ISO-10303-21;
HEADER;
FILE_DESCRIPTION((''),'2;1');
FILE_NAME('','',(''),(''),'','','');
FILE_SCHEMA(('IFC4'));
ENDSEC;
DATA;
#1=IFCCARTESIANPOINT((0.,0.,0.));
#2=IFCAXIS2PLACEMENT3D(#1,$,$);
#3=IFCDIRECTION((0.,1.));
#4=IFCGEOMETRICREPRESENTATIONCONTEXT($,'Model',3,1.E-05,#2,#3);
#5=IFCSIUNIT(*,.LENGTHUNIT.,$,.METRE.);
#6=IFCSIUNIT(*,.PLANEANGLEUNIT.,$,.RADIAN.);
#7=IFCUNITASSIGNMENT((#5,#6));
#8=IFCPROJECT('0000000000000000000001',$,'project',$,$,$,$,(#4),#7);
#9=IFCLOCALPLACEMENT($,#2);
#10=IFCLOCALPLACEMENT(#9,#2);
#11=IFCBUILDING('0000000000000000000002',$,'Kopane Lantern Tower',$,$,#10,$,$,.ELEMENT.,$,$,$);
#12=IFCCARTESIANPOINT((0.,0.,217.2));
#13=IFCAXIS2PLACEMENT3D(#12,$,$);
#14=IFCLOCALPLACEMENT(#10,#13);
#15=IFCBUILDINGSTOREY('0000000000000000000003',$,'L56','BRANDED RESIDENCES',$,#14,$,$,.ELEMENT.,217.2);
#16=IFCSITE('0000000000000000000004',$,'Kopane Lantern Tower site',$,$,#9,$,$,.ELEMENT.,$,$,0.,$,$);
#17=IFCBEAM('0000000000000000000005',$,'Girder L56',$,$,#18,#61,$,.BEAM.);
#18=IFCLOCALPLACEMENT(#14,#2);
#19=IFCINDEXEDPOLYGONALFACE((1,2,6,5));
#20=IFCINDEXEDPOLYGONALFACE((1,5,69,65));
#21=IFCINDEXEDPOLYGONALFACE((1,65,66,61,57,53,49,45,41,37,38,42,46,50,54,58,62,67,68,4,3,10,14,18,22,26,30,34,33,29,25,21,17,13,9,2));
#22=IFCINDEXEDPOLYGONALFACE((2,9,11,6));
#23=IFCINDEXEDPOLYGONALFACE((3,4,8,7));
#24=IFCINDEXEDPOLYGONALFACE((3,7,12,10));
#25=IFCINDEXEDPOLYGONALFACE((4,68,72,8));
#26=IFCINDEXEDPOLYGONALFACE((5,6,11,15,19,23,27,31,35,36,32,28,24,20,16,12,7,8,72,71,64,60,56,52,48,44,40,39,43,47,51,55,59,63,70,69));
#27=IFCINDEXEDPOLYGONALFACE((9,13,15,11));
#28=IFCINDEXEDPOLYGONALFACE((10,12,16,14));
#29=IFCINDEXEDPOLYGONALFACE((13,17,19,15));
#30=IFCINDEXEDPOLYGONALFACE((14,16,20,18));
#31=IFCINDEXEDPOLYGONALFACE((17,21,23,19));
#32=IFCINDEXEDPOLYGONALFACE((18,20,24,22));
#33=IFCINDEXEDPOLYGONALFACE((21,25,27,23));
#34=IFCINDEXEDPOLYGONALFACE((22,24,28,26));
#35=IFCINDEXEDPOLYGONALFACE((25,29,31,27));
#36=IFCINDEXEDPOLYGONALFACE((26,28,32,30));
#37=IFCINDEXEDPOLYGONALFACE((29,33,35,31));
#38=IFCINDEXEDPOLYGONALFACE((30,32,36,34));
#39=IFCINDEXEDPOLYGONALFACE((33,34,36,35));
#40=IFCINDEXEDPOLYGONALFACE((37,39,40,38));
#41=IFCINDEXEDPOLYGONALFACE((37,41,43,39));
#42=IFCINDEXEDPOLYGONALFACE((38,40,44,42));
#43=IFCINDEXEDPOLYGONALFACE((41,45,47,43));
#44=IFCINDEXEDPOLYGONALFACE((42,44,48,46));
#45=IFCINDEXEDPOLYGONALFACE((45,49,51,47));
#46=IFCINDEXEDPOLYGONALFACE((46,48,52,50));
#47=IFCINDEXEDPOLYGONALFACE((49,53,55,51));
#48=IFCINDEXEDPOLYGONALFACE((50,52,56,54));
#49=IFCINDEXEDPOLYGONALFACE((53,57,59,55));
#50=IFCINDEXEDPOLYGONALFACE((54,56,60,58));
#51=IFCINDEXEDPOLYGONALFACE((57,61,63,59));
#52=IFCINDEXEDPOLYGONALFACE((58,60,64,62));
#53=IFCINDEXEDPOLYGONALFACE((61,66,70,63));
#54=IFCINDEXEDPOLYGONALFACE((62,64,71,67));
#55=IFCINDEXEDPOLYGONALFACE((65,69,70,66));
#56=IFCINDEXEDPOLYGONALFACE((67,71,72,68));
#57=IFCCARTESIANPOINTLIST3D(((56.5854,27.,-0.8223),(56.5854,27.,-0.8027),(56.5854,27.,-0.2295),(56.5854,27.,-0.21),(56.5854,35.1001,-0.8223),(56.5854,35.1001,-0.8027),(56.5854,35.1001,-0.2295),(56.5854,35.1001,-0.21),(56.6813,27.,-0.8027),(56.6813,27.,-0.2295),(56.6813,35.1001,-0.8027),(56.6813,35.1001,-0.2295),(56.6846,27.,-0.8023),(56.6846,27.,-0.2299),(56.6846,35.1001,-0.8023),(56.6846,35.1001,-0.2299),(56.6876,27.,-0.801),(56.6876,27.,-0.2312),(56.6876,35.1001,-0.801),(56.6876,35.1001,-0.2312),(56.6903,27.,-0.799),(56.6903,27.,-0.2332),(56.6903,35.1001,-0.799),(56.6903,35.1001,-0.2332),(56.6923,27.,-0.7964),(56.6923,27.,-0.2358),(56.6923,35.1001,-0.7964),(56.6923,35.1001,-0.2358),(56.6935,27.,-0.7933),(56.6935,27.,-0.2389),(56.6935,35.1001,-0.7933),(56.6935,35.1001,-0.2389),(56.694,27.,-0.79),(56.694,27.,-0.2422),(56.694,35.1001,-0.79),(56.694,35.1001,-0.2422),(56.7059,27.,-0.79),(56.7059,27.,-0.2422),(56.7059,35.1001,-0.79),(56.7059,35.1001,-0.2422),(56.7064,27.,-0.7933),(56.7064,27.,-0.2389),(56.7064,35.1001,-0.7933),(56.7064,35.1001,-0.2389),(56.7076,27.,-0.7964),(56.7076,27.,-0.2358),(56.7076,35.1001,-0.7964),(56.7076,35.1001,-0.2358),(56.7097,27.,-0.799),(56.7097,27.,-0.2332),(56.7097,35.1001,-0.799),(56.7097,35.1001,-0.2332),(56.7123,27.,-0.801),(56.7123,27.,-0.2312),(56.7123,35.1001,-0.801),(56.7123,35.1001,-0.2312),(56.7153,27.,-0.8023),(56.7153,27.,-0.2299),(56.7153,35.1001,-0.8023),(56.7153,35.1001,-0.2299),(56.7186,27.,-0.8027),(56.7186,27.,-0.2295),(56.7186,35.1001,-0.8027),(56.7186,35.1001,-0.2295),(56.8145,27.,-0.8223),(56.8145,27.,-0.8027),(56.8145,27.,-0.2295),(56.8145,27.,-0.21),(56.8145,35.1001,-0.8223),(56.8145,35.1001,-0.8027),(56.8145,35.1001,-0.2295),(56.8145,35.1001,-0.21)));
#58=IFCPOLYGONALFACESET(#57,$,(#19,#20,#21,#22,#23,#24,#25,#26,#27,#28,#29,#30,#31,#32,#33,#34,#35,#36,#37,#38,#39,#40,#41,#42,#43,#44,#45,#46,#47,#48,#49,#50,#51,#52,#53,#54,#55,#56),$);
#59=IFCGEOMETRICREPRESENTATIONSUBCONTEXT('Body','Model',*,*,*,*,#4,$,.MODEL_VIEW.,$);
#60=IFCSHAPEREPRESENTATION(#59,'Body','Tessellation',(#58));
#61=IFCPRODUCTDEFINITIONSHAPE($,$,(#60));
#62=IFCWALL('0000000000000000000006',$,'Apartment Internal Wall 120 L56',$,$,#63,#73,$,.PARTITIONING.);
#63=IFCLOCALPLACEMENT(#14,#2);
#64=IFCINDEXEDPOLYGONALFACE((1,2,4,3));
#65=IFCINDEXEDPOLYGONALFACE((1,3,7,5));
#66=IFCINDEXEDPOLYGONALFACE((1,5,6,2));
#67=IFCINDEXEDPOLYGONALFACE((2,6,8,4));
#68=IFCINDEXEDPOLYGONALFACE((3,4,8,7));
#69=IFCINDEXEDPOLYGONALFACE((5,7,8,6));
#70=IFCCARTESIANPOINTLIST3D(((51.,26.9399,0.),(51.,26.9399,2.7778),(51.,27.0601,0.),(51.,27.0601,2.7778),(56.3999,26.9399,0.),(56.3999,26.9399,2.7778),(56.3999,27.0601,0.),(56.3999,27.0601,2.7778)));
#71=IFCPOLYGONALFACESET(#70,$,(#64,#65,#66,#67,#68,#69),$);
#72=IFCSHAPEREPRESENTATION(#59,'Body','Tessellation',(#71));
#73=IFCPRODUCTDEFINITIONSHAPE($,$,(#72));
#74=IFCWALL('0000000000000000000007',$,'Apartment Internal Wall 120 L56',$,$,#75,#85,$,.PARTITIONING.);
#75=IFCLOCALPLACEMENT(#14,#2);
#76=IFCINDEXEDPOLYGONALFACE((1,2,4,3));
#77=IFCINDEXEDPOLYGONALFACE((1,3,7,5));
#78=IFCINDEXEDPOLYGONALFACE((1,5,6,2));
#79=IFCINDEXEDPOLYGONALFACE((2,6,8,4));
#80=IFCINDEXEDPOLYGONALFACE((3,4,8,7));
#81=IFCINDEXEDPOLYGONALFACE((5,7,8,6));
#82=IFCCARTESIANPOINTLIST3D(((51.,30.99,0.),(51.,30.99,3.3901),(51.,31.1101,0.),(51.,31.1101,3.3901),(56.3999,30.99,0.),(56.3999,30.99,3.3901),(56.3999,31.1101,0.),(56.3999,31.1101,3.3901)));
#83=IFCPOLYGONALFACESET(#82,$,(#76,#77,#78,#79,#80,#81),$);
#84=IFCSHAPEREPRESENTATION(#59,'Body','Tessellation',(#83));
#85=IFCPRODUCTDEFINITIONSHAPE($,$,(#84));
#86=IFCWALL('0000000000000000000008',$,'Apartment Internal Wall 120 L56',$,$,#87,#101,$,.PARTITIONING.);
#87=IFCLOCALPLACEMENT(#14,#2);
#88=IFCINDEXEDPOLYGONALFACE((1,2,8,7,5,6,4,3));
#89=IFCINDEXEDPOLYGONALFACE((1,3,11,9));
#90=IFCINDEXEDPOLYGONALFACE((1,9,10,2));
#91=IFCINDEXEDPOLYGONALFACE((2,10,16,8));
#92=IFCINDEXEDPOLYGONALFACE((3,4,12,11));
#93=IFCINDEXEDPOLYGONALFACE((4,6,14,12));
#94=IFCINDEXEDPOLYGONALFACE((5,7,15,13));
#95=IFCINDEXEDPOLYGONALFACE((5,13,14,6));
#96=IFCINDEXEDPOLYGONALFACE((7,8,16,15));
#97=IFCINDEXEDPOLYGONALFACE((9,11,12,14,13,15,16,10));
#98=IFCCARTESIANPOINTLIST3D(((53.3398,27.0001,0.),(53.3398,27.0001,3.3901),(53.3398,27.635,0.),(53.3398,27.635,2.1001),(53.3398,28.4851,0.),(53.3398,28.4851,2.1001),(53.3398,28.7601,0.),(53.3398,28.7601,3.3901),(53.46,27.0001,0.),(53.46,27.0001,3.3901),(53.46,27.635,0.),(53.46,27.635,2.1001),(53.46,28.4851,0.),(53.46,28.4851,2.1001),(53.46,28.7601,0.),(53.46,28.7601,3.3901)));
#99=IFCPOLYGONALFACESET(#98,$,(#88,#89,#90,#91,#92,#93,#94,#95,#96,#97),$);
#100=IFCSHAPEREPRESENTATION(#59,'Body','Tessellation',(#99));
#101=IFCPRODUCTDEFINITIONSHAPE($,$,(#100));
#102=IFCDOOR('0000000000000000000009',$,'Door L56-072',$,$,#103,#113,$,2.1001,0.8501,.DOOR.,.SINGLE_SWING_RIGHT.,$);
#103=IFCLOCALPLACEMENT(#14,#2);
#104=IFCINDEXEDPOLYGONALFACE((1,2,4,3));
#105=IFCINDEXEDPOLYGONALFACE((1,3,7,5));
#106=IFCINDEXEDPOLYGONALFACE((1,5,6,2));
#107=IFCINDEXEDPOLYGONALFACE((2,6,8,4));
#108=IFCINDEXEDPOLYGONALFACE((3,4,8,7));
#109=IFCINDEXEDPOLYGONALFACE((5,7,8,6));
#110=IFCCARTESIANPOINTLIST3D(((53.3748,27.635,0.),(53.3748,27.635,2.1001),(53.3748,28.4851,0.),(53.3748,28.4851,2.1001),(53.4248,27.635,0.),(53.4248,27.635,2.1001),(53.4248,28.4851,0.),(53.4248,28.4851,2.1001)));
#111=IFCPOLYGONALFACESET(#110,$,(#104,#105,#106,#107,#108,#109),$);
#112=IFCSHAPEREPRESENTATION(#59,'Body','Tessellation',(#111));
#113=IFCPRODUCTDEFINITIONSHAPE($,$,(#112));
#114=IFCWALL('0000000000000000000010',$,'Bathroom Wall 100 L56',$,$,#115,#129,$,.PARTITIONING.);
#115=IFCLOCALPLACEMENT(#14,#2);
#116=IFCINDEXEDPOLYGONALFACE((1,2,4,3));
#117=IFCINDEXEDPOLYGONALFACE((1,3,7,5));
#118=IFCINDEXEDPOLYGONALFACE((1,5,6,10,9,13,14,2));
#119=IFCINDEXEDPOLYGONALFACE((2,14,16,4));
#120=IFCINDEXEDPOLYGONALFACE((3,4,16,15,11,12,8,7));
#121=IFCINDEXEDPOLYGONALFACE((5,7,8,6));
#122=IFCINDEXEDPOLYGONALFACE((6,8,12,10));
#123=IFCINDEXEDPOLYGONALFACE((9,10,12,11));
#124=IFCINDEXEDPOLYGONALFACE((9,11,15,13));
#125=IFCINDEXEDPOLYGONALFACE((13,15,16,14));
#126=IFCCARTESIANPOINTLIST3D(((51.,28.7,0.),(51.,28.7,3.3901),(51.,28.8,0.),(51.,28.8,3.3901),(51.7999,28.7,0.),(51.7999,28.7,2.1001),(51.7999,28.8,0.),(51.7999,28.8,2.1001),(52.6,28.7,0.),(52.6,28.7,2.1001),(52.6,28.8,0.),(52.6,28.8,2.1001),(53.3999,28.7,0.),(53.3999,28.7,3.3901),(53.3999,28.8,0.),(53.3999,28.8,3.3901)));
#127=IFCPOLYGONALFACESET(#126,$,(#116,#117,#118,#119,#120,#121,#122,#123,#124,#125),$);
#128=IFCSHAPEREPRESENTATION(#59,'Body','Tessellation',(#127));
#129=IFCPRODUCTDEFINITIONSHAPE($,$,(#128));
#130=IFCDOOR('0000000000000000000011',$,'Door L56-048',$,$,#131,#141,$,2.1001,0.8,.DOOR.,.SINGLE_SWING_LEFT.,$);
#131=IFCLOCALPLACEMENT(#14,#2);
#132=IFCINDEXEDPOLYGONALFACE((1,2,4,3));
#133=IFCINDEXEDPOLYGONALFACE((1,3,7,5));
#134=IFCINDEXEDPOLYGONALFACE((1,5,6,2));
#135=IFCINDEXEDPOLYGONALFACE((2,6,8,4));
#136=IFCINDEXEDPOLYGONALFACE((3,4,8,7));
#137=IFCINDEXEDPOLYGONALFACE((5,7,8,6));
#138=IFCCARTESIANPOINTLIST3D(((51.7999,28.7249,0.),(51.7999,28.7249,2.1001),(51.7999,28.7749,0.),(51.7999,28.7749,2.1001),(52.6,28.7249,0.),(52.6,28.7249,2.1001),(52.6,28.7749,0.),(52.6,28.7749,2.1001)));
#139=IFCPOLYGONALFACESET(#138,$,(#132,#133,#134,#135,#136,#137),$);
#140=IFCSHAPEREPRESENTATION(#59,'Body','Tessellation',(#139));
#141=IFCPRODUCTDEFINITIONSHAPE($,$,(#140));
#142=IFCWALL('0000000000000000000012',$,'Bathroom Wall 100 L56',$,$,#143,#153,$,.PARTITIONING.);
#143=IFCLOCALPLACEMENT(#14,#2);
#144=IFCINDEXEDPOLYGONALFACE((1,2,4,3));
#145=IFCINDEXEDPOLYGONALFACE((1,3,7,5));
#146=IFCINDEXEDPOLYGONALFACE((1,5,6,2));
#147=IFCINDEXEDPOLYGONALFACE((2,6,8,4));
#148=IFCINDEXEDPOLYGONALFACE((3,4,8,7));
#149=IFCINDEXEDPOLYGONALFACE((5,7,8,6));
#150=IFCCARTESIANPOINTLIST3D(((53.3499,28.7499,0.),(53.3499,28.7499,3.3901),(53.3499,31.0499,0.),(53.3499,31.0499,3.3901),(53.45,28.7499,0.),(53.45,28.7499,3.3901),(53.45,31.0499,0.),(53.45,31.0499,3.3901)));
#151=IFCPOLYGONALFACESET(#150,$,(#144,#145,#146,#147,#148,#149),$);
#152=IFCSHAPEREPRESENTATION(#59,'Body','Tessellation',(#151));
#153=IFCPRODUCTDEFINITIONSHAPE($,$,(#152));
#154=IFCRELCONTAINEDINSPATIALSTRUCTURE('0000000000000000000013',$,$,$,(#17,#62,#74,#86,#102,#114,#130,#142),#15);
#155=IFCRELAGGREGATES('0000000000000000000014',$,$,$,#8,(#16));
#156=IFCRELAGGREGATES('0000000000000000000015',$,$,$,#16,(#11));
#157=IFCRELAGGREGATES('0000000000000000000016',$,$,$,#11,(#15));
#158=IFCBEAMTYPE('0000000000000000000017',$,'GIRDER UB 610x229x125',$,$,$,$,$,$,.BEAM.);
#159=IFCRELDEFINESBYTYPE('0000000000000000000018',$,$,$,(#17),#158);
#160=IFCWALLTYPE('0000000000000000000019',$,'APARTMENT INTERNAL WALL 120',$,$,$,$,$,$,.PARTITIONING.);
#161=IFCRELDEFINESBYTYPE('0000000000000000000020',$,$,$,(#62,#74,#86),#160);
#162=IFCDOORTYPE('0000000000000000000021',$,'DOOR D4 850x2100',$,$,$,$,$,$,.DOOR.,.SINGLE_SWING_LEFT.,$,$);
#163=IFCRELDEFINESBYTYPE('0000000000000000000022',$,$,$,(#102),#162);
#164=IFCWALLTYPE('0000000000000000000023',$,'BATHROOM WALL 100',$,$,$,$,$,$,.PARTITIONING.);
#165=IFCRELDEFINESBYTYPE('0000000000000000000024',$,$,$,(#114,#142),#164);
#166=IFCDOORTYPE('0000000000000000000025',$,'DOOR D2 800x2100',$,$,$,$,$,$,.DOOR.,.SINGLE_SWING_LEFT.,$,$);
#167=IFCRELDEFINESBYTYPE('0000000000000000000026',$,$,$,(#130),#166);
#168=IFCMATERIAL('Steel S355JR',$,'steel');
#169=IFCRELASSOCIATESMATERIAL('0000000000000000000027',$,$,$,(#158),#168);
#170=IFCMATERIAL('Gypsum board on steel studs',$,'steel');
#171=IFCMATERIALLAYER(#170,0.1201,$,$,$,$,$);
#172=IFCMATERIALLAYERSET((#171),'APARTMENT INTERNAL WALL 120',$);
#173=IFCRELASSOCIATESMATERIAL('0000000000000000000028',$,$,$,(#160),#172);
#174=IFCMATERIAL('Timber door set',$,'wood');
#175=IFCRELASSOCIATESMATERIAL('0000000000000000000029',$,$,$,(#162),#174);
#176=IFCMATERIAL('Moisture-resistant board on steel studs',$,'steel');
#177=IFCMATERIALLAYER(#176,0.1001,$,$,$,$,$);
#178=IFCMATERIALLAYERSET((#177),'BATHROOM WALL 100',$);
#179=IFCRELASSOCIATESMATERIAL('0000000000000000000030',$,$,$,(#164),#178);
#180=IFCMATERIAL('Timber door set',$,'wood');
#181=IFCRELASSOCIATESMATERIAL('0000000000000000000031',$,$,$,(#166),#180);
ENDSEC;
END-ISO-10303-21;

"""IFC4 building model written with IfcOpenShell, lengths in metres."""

from ifc_helpers import new_model, si_unit, direction, frame, frame_2d, origin, origin_2d, place, context, subcontext, project, spatial, rectangle, i_section, extrude, material, layer, layer_set, material_profile, profile_set, type_object, element, fill, save


model = new_model("IFC4")

# Units and contexts
model_context = context("Model", 3, precision=1e-05, world=origin(), true_north=direction((0.0, 1.0)))
body_context = subcontext(model_context, "Body", "Model", "MODEL_VIEW")
ifc_project = project(units=[si_unit("LENGTHUNIT", "METRE"), si_unit("PLANEANGLEUNIT", "RADIAN")], contexts=[model_context])

# Site, building, storey
site_placement = place(None, origin())
site = spatial("IfcSite", under=ifc_project, at=site_placement, Name="Kopane Lantern Tower site", CompositionType="ELEMENT", RefElevation=0.0)
building_placement = place(site_placement, origin())
building = spatial("IfcBuilding", under=site, at=building_placement, Name="Kopane Lantern Tower", CompositionType="ELEMENT")
storey_placement = place(building_placement, frame((0.0, 0.0, 217.2)))
storey = spatial("IfcBuildingStorey", under=building, at=storey_placement, Name="L56", Description="BRANDED RESIDENCES", CompositionType="ELEMENT", Elevation=217.2)

# Beam
ifc_material_1 = material(Name="Steel S355JR", Category="steel")
ifc_material_profile_1 = material_profile(ifc_material_1, i_section(OverallWidth=0.229, OverallDepth=0.6123, WebThickness=0.012, FlangeThickness=0.0195, FilletRadius=0.0127, at=origin_2d()), Name="UB 610x229x125")
ifc_profile_set_1 = profile_set([ifc_material_profile_1], Name="Steel S355JR")
beam_type = type_object("IfcBeamType", Name="GIRDER UB 610x229x125", PredefinedType="BEAM", material=ifc_profile_set_1)
beam_1_placement = place(storey_placement, frame((56.7, 27.0, -0.5161), z_axis=(0.0, 1.0, 0.0), x_axis=(-1.0, 0.0, 0.0)))
element("IfcBeam", 1, at=beam_1_placement, inside=storey, type_object=beam_type, Name="Girder L56", PredefinedType="BEAM", context=body_context, shape_type="SweptSolid", body=[
    extrude(i_section(OverallWidth=0.229, OverallDepth=0.6123, WebThickness=0.012, FlangeThickness=0.0195, FilletRadius=0.0127, at=origin_2d()), origin(), (0.0, 0.0, 1.0), 8.1001),
])

# Walls
ifc_material_2 = material(Name="Gypsum board on steel studs", Category="steel")
ifc_layer_1 = layer(ifc_material_2, 0.1201)
ifc_layer_set_1 = layer_set([ifc_layer_1], Name="APARTMENT INTERNAL WALL 120")
wall_type_1 = type_object("IfcWallType", Name="APARTMENT INTERNAL WALL 120", PredefinedType="PARTITIONING", material=ifc_layer_set_1)
wall_1_placement = place(storey_placement, frame((51.0, 27.0, 0.0), z_axis=(0.0, 0.0, 1.0), x_axis=(1.0, 0.0, 0.0)))
element("IfcWall", 2, at=wall_1_placement, inside=storey, type_object=wall_type_1, Name="Apartment Internal Wall 120 L56", PredefinedType="PARTITIONING", context=body_context, shape_type="SweptSolid", body=[
    extrude(rectangle(XDim=5.3999, YDim=0.1201, at=frame_2d((2.7, 0.0))), origin(), (0.0, 0.0, 1.0), 2.7778),
])
wall_2_placement = place(storey_placement, frame((51.0, 31.05, 0.0), z_axis=(0.0, 0.0, 1.0), x_axis=(1.0, 0.0, 0.0)))
element("IfcWall", 3, at=wall_2_placement, inside=storey, type_object=wall_type_1, Name="Apartment Internal Wall 120 L56", PredefinedType="PARTITIONING", context=body_context, shape_type="SweptSolid", body=[
    extrude(rectangle(XDim=5.3999, YDim=0.1201, at=frame_2d((2.7, 0.0))), origin(), (0.0, 0.0, 1.0), 3.3901),
])

# Walls, openings, doors
wall_3_placement = place(storey_placement, frame((53.3999, 28.76, 0.0), z_axis=(0.0, 0.0, 1.0), x_axis=(0.0, -1.0, 0.0)))
wall_3 = element("IfcWall", 4, at=wall_3_placement, inside=storey, type_object=wall_type_1, Name="Apartment Internal Wall 120 L56", PredefinedType="PARTITIONING", context=body_context, shape_type="SweptSolid", body=[
    extrude(rectangle(XDim=1.76, YDim=0.1201, at=frame_2d((0.8799, 0.0))), origin(), (0.0, 0.0, 1.0), 3.3901),
])
opening_1_placement = place(wall_3_placement, frame((0.2749, 0.0, 0.0)))
opening_1 = element("IfcOpeningElement", 5, at=opening_1_placement, cuts=wall_3, PredefinedType="OPENING", context=body_context, shape_type="SweptSolid", body=[
    extrude(rectangle(XDim=0.8501, YDim=2.1001, at=frame_2d((0.425, 1.05))), frame((0.0, 0.0701, 0.0), z_axis=(0.0, -1.0, 0.0), x_axis=(1.0, 0.0, 0.0)), (0.0, 0.0, 1.0), 0.1401),
])
ifc_material_3 = material(Name="Timber door set", Category="wood")
door_type_1 = type_object("IfcDoorType", Name="DOOR D4 850x2100", OperationType="SINGLE_SWING_LEFT", PredefinedType="DOOR", material=ifc_material_3)
door_1_placement = place(opening_1_placement, origin())
door_1 = element("IfcDoor", 6, at=door_1_placement, inside=storey, type_object=door_type_1, Name="Door L56-072", OperationType="SINGLE_SWING_RIGHT", OverallHeight=2.1001, OverallWidth=0.8501, PredefinedType="DOOR", context=body_context, shape_type="SweptSolid", body=[
    extrude(rectangle(XDim=0.8501, YDim=2.1001, at=frame_2d((0.425, 1.05))), frame((0.0, 0.0249, 0.0), z_axis=(0.0, -1.0, 0.0), x_axis=(1.0, 0.0, 0.0)), (0.0, 0.0, 1.0), 0.05),
])
fill(opening_1, door_1)
ifc_material_4 = material(Name="Moisture-resistant board on steel studs", Category="steel")
ifc_layer_2 = layer(ifc_material_4, 0.1001)
ifc_layer_set_2 = layer_set([ifc_layer_2], Name="BATHROOM WALL 100")
wall_type_2 = type_object("IfcWallType", Name="BATHROOM WALL 100", PredefinedType="PARTITIONING", material=ifc_layer_set_2)
wall_4_placement = place(storey_placement, frame((51.0, 28.75, 0.0), z_axis=(0.0, 0.0, 1.0), x_axis=(1.0, 0.0, 0.0)))
wall_4 = element("IfcWall", 7, at=wall_4_placement, inside=storey, type_object=wall_type_2, Name="Bathroom Wall 100 L56", PredefinedType="PARTITIONING", context=body_context, shape_type="SweptSolid", body=[
    extrude(rectangle(XDim=2.3999, YDim=0.1001, at=frame_2d((1.2, 0.0))), origin(), (0.0, 0.0, 1.0), 3.3901),
])
opening_2_placement = place(wall_4_placement, frame((0.8, 0.0, 0.0)))
opening_2 = element("IfcOpeningElement", 8, at=opening_2_placement, cuts=wall_4, PredefinedType="OPENING", context=body_context, shape_type="SweptSolid", body=[
    extrude(rectangle(XDim=0.8, YDim=2.1001, at=frame_2d((0.3999, 1.05))), frame((0.0, 0.0601, 0.0), z_axis=(0.0, -1.0, 0.0), x_axis=(1.0, 0.0, 0.0)), (0.0, 0.0, 1.0), 0.1201),
])
ifc_material_5 = material(Name="Timber door set", Category="wood")
door_type_2 = type_object("IfcDoorType", Name="DOOR D2 800x2100", OperationType="SINGLE_SWING_LEFT", PredefinedType="DOOR", material=ifc_material_5)
door_2_placement = place(opening_2_placement, origin())
door_2 = element("IfcDoor", 9, at=door_2_placement, inside=storey, type_object=door_type_2, Name="Door L56-048", OperationType="SINGLE_SWING_LEFT", OverallHeight=2.1001, OverallWidth=0.8, PredefinedType="DOOR", context=body_context, shape_type="SweptSolid", body=[
    extrude(rectangle(XDim=0.8, YDim=2.1001, at=frame_2d((0.3999, 1.05))), frame((0.0, 0.0249, 0.0), z_axis=(0.0, -1.0, 0.0), x_axis=(1.0, 0.0, 0.0)), (0.0, 0.0, 1.0), 0.05),
])
fill(opening_2, door_2)

# Wall
wall_5_placement = place(storey_placement, frame((53.3999, 28.75, 0.0), z_axis=(0.0, 0.0, 1.0), x_axis=(0.0, 1.0, 0.0)))
element("IfcWall", 10, at=wall_5_placement, inside=storey, type_object=wall_type_2, Name="Bathroom Wall 100 L56", PredefinedType="PARTITIONING", context=body_context, shape_type="SweptSolid", body=[
    extrude(rectangle(XDim=2.3, YDim=0.1001, at=frame_2d((1.1499, 0.0))), origin(), (0.0, 0.0, 1.0), 3.3901),
])

save(model, "model.ifc")
